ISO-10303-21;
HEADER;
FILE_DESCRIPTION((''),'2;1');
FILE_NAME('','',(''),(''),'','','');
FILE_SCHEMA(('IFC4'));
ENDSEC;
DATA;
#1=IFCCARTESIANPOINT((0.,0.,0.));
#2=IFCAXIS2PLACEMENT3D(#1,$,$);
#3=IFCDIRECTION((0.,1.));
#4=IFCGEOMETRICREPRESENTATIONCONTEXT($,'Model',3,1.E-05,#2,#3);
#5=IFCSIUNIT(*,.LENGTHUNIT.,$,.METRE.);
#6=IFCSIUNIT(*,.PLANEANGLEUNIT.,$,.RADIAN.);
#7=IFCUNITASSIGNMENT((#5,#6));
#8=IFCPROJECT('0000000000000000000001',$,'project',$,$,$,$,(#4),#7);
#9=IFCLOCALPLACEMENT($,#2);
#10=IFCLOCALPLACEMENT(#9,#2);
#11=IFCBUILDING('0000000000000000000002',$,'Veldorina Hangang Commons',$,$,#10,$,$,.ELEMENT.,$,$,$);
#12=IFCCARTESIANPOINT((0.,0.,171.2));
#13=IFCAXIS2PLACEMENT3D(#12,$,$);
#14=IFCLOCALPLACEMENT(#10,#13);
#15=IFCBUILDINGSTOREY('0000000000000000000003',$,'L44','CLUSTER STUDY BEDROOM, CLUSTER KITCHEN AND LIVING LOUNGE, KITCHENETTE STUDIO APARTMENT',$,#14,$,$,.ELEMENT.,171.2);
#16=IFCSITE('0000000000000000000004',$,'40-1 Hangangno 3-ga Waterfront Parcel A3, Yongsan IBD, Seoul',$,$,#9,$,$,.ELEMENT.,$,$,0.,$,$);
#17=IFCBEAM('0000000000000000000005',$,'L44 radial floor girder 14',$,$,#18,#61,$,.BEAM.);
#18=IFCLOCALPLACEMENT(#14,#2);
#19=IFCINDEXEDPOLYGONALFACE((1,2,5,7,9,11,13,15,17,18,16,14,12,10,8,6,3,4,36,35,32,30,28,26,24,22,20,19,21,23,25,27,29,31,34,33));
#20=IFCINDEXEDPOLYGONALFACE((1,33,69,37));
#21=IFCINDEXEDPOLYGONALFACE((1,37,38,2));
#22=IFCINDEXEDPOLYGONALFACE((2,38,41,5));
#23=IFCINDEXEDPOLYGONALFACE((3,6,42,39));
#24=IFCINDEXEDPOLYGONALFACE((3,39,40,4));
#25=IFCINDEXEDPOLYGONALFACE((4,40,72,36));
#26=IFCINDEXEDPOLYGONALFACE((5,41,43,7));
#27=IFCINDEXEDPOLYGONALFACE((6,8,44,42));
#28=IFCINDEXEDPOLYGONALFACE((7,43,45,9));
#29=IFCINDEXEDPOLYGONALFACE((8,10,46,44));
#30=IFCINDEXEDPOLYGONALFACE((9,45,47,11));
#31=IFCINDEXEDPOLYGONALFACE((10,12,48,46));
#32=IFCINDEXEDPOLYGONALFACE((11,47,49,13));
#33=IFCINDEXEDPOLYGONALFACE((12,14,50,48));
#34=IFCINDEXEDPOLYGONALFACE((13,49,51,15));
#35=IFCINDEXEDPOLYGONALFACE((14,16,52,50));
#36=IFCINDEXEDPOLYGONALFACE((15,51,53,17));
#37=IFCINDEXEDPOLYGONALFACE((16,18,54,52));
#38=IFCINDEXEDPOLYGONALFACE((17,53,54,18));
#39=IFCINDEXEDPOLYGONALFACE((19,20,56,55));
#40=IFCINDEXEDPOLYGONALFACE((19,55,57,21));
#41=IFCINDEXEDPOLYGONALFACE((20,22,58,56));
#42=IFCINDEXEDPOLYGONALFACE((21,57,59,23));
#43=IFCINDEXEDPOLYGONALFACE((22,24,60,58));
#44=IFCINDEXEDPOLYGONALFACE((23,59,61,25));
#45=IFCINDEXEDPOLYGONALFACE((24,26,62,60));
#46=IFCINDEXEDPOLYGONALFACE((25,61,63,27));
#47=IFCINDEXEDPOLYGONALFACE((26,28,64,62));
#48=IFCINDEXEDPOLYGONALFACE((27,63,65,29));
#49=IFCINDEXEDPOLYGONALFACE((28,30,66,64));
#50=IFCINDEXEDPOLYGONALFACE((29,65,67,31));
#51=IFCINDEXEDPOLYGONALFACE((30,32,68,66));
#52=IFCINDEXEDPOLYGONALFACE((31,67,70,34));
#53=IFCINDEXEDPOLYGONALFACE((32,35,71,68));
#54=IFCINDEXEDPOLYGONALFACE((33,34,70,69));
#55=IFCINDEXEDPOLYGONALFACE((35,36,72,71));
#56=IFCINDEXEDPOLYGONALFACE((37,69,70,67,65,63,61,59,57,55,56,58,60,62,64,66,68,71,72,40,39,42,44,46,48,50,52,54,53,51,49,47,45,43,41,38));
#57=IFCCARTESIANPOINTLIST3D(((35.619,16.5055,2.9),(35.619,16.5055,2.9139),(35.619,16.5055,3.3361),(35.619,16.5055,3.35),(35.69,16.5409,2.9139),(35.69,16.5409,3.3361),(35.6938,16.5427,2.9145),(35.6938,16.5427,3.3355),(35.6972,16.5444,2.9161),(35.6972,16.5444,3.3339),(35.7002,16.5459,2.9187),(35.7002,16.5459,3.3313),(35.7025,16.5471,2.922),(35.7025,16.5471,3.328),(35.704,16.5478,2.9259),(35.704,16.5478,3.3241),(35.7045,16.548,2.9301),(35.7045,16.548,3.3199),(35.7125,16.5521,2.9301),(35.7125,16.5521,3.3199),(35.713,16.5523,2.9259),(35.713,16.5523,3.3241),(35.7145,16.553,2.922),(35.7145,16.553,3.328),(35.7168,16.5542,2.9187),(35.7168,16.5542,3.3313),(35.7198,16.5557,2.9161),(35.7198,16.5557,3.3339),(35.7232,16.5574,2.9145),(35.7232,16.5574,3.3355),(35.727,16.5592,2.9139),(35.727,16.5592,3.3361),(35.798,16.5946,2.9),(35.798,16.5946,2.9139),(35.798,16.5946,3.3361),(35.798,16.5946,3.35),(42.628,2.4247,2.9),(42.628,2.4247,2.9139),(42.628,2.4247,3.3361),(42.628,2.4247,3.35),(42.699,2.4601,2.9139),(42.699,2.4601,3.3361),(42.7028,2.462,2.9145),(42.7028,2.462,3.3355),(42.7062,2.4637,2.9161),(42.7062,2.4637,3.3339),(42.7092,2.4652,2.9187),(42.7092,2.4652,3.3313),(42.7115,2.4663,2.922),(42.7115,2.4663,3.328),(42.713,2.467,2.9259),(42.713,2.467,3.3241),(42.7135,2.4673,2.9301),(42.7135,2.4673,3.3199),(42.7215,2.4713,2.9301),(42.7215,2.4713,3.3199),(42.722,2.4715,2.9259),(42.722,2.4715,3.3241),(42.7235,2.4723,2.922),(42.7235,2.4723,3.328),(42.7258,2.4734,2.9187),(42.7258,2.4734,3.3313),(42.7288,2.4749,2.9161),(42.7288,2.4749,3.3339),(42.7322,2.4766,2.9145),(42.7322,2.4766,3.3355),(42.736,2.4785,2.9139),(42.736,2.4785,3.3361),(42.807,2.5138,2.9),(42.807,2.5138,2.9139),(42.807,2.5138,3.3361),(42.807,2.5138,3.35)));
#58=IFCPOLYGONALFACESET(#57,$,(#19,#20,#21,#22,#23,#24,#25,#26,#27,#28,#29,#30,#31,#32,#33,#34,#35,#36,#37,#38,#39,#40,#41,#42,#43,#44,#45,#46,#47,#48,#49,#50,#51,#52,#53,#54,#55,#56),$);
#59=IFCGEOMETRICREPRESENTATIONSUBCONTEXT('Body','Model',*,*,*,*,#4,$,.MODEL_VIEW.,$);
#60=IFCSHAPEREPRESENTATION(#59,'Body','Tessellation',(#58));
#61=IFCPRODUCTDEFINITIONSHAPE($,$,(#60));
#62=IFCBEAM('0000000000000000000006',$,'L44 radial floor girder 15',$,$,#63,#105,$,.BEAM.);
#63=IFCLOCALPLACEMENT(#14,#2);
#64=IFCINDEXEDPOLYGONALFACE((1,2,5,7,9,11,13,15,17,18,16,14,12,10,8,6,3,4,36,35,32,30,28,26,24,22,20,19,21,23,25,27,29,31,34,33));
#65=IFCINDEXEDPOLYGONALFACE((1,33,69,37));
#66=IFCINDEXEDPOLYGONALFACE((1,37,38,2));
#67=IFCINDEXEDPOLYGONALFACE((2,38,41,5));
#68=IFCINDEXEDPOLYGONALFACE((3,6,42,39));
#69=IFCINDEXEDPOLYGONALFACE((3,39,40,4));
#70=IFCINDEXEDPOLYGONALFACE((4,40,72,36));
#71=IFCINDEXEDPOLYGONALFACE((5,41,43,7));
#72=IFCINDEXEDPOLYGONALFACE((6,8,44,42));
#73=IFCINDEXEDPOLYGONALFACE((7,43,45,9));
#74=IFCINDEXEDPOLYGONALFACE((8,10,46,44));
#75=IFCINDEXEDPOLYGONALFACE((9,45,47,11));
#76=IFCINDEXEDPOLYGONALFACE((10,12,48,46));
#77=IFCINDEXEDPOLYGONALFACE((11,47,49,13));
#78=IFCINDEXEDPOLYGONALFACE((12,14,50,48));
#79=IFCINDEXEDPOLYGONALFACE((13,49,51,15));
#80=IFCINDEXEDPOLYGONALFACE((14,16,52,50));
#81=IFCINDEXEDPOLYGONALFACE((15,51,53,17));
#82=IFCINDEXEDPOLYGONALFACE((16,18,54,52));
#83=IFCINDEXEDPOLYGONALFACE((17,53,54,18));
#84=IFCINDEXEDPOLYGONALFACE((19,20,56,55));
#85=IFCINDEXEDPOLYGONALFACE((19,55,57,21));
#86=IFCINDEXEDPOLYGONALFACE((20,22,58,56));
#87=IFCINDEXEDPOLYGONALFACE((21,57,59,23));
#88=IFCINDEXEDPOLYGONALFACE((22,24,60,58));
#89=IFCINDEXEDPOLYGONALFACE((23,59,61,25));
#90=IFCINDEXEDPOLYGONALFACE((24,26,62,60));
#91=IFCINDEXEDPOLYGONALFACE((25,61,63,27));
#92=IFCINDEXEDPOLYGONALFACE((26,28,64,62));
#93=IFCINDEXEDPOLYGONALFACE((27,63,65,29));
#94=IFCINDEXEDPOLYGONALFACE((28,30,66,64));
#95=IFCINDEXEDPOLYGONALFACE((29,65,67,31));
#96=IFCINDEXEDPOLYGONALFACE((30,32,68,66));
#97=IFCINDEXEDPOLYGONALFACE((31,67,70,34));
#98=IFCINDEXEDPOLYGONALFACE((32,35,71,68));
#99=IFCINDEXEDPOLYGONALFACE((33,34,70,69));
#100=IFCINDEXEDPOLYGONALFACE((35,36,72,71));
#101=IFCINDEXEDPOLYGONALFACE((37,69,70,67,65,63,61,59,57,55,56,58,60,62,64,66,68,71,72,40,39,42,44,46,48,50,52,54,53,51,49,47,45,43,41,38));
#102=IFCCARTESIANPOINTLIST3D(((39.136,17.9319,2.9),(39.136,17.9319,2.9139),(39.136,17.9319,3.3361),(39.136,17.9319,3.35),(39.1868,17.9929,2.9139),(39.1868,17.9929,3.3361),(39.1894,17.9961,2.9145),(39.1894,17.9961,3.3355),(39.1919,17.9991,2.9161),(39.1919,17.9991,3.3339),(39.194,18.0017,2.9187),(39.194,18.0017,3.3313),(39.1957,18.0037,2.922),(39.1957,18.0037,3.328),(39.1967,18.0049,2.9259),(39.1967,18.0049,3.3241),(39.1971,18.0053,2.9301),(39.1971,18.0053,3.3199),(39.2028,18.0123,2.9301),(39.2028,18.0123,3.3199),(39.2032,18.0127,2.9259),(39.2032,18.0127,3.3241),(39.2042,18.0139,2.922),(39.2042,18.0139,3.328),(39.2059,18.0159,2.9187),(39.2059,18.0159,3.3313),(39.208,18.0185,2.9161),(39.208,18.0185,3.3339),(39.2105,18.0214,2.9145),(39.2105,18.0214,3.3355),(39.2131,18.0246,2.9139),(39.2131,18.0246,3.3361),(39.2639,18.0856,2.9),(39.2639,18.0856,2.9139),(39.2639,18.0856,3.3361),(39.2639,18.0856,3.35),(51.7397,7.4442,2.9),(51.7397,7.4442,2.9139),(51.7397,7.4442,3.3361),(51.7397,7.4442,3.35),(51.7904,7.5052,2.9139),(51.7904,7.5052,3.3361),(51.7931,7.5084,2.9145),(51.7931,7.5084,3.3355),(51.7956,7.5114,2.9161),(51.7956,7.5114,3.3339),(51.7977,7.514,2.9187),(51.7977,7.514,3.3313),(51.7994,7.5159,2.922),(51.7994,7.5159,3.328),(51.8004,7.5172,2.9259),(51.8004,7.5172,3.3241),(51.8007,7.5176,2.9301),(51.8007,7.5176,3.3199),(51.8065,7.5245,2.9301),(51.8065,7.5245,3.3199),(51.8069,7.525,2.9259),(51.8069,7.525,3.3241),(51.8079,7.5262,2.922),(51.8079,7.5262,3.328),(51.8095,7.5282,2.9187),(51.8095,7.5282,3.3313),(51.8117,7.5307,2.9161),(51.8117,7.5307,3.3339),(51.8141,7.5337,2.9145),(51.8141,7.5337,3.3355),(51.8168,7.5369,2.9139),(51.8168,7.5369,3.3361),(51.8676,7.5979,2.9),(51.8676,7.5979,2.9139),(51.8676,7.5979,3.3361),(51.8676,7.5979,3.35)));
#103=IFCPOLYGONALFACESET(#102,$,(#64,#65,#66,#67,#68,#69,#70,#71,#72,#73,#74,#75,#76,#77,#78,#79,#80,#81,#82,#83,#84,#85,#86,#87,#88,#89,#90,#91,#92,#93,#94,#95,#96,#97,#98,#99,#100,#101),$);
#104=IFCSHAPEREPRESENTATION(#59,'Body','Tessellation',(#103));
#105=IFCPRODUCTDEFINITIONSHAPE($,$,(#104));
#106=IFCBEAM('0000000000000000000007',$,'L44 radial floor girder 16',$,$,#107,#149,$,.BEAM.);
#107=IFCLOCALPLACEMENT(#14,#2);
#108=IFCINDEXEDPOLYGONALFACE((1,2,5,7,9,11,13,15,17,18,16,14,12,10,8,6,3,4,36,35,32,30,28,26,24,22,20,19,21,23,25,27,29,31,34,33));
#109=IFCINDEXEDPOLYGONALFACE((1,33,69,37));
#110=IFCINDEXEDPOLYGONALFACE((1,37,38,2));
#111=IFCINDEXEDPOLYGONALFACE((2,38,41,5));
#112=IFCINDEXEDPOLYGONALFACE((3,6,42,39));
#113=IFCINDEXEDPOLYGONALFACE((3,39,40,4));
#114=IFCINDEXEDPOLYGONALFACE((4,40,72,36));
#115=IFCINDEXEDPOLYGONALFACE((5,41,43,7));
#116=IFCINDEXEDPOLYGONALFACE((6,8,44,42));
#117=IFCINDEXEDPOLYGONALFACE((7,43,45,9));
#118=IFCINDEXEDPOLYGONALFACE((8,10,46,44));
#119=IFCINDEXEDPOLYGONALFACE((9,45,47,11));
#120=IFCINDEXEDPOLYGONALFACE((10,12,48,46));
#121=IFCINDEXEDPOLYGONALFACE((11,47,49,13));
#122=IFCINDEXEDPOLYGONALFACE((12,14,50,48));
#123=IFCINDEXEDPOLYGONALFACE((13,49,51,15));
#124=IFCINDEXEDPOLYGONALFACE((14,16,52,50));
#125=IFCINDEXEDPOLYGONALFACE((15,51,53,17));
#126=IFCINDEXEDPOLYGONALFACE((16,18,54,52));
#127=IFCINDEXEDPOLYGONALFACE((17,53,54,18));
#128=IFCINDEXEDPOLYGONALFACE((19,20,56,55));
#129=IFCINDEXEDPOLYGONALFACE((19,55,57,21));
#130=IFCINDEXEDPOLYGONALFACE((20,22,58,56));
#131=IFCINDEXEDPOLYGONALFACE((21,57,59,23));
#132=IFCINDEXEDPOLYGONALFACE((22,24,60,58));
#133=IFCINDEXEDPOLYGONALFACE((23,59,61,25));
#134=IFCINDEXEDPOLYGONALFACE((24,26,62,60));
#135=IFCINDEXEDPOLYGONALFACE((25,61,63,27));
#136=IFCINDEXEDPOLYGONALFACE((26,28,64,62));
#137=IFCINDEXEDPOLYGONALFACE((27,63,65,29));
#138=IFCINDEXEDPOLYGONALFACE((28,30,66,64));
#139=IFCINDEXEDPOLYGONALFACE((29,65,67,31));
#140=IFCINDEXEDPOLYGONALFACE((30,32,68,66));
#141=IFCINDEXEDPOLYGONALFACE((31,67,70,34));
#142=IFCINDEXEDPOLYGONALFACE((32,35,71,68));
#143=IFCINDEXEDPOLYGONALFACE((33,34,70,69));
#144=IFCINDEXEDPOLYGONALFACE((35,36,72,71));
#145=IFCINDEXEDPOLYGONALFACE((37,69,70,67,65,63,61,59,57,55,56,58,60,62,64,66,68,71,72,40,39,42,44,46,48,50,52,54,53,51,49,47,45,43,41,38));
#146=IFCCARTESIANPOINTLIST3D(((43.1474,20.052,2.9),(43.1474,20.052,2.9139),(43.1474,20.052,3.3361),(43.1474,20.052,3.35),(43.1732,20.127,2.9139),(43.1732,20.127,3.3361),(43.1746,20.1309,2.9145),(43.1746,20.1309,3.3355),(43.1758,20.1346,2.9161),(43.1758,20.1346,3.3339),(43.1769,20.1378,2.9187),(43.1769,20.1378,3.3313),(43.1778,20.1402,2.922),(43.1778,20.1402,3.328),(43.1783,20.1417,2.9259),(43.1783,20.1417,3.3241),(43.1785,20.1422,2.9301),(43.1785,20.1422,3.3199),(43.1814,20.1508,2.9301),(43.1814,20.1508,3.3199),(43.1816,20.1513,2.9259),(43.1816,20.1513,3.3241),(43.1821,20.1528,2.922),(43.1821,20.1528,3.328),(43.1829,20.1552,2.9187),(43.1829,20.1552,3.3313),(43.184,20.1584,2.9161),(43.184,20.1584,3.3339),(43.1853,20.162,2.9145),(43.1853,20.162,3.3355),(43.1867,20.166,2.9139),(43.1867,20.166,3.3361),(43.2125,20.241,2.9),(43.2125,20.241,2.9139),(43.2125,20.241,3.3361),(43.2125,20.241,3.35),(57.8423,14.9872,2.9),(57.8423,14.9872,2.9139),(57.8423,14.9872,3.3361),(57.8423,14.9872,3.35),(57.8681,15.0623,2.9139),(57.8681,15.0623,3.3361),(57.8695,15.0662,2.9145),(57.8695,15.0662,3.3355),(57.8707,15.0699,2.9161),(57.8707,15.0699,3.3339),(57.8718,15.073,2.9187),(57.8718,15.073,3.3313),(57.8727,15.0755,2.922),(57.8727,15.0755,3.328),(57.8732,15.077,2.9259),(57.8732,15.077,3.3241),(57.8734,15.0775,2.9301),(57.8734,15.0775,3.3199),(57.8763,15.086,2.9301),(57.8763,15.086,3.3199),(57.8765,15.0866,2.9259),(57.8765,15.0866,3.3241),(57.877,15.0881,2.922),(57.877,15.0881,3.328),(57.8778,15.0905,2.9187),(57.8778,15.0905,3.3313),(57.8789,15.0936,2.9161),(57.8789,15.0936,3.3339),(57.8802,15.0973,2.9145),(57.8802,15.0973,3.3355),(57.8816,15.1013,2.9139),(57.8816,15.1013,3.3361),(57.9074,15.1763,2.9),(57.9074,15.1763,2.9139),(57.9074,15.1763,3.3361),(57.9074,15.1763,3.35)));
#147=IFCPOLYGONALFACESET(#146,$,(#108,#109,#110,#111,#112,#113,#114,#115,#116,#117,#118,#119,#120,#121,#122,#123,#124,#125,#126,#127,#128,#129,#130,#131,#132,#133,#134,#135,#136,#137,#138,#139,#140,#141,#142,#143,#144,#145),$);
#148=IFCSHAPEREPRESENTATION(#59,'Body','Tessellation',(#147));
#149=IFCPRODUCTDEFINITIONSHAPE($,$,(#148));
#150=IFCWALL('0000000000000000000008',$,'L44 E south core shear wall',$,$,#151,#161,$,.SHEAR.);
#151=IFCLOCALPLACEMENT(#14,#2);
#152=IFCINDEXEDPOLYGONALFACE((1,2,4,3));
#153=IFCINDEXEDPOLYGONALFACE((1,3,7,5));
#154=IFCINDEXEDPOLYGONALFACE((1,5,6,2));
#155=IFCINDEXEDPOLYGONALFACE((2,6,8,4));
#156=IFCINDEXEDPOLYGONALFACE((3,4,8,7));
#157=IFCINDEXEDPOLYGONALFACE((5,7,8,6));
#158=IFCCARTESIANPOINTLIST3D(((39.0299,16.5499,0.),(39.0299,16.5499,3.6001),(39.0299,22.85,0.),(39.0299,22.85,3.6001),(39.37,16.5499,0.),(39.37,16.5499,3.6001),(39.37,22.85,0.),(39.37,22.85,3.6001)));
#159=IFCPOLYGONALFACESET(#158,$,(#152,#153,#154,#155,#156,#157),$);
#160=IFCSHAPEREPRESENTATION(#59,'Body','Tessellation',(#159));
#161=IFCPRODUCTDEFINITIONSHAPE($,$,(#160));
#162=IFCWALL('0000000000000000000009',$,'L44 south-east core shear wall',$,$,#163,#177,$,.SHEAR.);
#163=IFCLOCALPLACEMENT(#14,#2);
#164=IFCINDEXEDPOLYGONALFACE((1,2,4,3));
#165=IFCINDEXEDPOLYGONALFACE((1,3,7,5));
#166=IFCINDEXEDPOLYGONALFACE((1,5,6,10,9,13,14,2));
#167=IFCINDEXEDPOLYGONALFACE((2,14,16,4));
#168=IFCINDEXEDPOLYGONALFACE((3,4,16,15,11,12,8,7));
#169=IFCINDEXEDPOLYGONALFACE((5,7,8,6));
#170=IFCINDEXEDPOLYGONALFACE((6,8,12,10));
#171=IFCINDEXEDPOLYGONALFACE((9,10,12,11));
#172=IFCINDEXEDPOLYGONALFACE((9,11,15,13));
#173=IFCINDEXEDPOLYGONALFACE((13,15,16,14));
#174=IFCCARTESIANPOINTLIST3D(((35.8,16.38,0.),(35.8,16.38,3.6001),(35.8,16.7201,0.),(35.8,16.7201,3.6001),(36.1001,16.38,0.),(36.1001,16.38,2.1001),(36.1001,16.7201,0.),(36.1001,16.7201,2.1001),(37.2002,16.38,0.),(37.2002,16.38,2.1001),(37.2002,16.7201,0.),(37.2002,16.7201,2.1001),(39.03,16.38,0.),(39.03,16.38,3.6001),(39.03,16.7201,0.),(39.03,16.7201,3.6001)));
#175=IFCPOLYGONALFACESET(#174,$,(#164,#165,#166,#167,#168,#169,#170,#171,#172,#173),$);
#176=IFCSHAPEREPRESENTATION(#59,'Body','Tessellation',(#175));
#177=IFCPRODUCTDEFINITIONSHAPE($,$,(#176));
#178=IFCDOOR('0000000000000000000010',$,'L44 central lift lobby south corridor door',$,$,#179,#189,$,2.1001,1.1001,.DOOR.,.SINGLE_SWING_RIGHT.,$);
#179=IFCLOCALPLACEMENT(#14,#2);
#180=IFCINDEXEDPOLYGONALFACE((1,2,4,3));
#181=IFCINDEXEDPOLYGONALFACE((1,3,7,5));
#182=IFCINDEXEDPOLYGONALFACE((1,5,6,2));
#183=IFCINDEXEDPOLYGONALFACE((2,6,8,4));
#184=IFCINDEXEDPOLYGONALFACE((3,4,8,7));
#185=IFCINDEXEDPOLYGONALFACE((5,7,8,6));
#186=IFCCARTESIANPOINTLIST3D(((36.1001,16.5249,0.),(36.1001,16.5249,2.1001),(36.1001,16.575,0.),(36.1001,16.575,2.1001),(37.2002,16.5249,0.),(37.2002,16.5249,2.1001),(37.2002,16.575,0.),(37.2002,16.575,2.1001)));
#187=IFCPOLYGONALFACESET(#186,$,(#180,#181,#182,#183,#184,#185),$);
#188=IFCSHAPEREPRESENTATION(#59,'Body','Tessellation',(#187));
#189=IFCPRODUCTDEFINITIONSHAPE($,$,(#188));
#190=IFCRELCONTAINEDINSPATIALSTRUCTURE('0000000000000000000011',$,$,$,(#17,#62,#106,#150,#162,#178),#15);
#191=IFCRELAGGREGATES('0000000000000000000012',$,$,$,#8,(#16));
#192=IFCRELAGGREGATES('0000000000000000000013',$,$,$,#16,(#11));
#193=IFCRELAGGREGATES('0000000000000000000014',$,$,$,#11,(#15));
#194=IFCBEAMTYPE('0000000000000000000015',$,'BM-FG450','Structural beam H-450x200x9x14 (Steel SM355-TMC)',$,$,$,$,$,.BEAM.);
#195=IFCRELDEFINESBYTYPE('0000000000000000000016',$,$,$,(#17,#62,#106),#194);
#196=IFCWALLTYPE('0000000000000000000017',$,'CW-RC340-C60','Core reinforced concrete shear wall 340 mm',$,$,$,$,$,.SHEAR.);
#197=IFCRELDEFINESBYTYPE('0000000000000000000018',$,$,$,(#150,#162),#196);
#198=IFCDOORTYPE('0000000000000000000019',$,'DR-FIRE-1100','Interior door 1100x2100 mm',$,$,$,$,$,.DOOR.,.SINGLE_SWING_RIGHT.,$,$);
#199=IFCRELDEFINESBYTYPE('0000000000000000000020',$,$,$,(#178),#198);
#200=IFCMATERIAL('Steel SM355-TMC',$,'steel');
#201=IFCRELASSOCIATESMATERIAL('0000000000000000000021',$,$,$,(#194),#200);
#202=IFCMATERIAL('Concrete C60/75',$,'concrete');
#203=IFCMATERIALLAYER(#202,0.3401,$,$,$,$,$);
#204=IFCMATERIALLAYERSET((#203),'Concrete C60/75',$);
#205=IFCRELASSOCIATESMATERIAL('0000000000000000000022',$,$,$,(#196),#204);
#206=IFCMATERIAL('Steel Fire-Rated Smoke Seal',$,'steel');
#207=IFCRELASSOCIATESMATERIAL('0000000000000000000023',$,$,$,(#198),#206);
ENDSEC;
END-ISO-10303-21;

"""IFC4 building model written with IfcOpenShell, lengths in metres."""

from ifc_helpers import new_model, si_unit, direction, frame, frame_2d, origin, origin_2d, place, context, subcontext, project, spatial, rectangle, i_section, extrude, material, layer, layer_set, material_profile, profile_set, type_object, element, fill, save


model = new_model("IFC4")

# Units and contexts
model_context = context("Model", 3, precision=1e-05, world=origin(), true_north=direction((0.0, 1.0)))
body_context = subcontext(model_context, "Body", "Model", "MODEL_VIEW")
ifc_project = project(units=[si_unit("LENGTHUNIT", "METRE"), si_unit("PLANEANGLEUNIT", "RADIAN")], contexts=[model_context])

# Site, building, storey
site_placement = place(None, origin())
site = spatial("IfcSite", under=ifc_project, at=site_placement, Name="40-1 Hangangno 3-ga Waterfront Parcel A3, Yongsan IBD, Seoul", CompositionType="ELEMENT", RefElevation=0.0)
building_placement = place(site_placement, origin())
building = spatial("IfcBuilding", under=site, at=building_placement, Name="Veldorina Hangang Commons", CompositionType="ELEMENT")
storey_placement = place(building_placement, frame((0.0, 0.0, 171.2)))
storey = spatial("IfcBuildingStorey", under=building, at=storey_placement, Name="L44", Description="CLUSTER STUDY BEDROOM, CLUSTER KITCHEN AND LIVING LOUNGE, KITCHENETTE STUDIO APARTMENT", CompositionType="ELEMENT", Elevation=171.2)

# Beams
ifc_material_1 = material(Name="Steel SM355-TMC", Category="steel")
ifc_material_profile = material_profile(ifc_material_1, i_section(OverallWidth=0.2, OverallDepth=0.45, WebThickness=0.009, FlangeThickness=0.0139, FilletRadius=0.0161, at=origin_2d()), Name="H-450x200x9x14")
ifc_profile_set = profile_set([ifc_material_profile], Name="Steel SM355-TMC")
beam_type = type_object("IfcBeamType", Name="BM-FG450", Description="Structural beam H-450x200x9x14 (Steel SM355-TMC)", PredefinedType="BEAM", material=ifc_profile_set)
beam_1_placement = place(storey_placement, frame((35.7085, 16.55, 3.125), z_axis=(0.445617, -0.895224, 0.0), x_axis=(0.895224, 0.445617, 0.0)))
element("IfcBeam", 1, at=beam_1_placement, inside=storey, type_object=beam_type, Name="L44 radial floor girder 14", PredefinedType="BEAM", context=body_context, shape_type="SweptSolid", body=[
    extrude(i_section(OverallWidth=0.2, OverallDepth=0.45, WebThickness=0.009, FlangeThickness=0.0139, FilletRadius=0.0161, at=origin_2d()), origin(), (0.0, 0.0, 1.0), 15.7288),
])
beam_2_placement = place(storey_placement, frame((39.2, 18.0088, 3.125), z_axis=(0.768681, -0.639632, 0.0), x_axis=(0.639632, 0.768681, 0.0)))
element("IfcBeam", 2, at=beam_2_placement, inside=storey, type_object=beam_type, Name="L44 radial floor girder 15", PredefinedType="BEAM", context=body_context, shape_type="SweptSolid", body=[
    extrude(i_section(OverallWidth=0.2, OverallDepth=0.45, WebThickness=0.009, FlangeThickness=0.0139, FilletRadius=0.0161, at=origin_2d()), origin(), (0.0, 0.0, 1.0), 16.3965),
])
beam_3_placement = place(storey_placement, frame((43.1799, 20.1465, 3.125), z_axis=(0.945422, -0.325848, 0.0), x_axis=(0.325848, 0.945422, 0.0)))
element("IfcBeam", 3, at=beam_3_placement, inside=storey, type_object=beam_type, Name="L44 radial floor girder 16", PredefinedType="BEAM", context=body_context, shape_type="SweptSolid", body=[
    extrude(i_section(OverallWidth=0.2, OverallDepth=0.45, WebThickness=0.009, FlangeThickness=0.0139, FilletRadius=0.0161, at=origin_2d()), origin(), (0.0, 0.0, 1.0), 15.5432),
])

# Wall
ifc_material_2 = material(Name="Concrete C60/75", Category="concrete")
ifc_layer_1 = layer(ifc_material_2, 0.3401)
ifc_layer_set_1 = layer_set([ifc_layer_1], Name="Concrete C60/75")
wall_type_1 = type_object("IfcWallType", Name="CW-RC340-C60", Description="Core reinforced concrete shear wall 340 mm", PredefinedType="SHEAR", material=ifc_layer_set_1)
wall_1_placement = place(storey_placement, frame((39.2, 16.55, 0.0), z_axis=(0.0, 0.0, 1.0), x_axis=(0.0, 1.0, 0.0)))
element("IfcWall", 4, at=wall_1_placement, inside=storey, type_object=wall_type_1, Name="L44 E south core shear wall", PredefinedType="SHEAR", context=body_context, shape_type="SweptSolid", body=[
    extrude(rectangle(XDim=6.3, YDim=0.3401, at=frame_2d((3.1499, 0.0))), origin(), (0.0, 0.0, 1.0), 3.6001),
])

# Wall, opening, door
wall_2_placement = place(storey_placement, frame((35.8, 16.55, 0.0), z_axis=(0.0, 0.0, 1.0), x_axis=(1.0, 0.0, 0.0)))
wall_2 = element("IfcWall", 5, at=wall_2_placement, inside=storey, type_object=wall_type_1, Name="L44 south-east core shear wall", PredefinedType="SHEAR", context=body_context, shape_type="SweptSolid", body=[
    extrude(rectangle(XDim=3.23, YDim=0.3401, at=frame_2d((1.615, 0.0))), origin(), (0.0, 0.0, 1.0), 3.6001),
])
opening_1_placement = place(wall_2_placement, frame((0.3, 0.0, 0.0)))
opening_1 = element("IfcOpeningElement", 6, at=opening_1_placement, cuts=wall_2, PredefinedType="OPENING", context=body_context, shape_type="SweptSolid", body=[
    extrude(rectangle(XDim=1.1001, YDim=2.1001, at=frame_2d((0.55, 1.05))), frame((0.0, 0.1802, 0.0), z_axis=(0.0, -1.0, 0.0), x_axis=(1.0, 0.0, 0.0)), (0.0, 0.0, 1.0), 0.3601),
])
ifc_material_3 = material(Name="Steel Fire-Rated Smoke Seal", Category="steel")
door_type_1 = type_object("IfcDoorType", Name="DR-FIRE-1100", Description="Interior door 1100x2100 mm", OperationType="SINGLE_SWING_RIGHT", PredefinedType="DOOR", material=ifc_material_3)
door_1_placement = place(opening_1_placement, origin())
door_1 = element("IfcDoor", 7, at=door_1_placement, inside=storey, type_object=door_type_1, Name="L44 central lift lobby south corridor door", OperationType="SINGLE_SWING_RIGHT", OverallHeight=2.1001, OverallWidth=1.1001, PredefinedType="DOOR", context=body_context, shape_type="SweptSolid", body=[
    extrude(rectangle(XDim=1.1001, YDim=2.1001, at=frame_2d((0.55, 1.05))), frame((0.0, 0.0249, 0.0), z_axis=(0.0, -1.0, 0.0), x_axis=(1.0, 0.0, 0.0)), (0.0, 0.0, 1.0), 0.05),
])
fill(opening_1, door_1)

save(model, "model.ifc")
